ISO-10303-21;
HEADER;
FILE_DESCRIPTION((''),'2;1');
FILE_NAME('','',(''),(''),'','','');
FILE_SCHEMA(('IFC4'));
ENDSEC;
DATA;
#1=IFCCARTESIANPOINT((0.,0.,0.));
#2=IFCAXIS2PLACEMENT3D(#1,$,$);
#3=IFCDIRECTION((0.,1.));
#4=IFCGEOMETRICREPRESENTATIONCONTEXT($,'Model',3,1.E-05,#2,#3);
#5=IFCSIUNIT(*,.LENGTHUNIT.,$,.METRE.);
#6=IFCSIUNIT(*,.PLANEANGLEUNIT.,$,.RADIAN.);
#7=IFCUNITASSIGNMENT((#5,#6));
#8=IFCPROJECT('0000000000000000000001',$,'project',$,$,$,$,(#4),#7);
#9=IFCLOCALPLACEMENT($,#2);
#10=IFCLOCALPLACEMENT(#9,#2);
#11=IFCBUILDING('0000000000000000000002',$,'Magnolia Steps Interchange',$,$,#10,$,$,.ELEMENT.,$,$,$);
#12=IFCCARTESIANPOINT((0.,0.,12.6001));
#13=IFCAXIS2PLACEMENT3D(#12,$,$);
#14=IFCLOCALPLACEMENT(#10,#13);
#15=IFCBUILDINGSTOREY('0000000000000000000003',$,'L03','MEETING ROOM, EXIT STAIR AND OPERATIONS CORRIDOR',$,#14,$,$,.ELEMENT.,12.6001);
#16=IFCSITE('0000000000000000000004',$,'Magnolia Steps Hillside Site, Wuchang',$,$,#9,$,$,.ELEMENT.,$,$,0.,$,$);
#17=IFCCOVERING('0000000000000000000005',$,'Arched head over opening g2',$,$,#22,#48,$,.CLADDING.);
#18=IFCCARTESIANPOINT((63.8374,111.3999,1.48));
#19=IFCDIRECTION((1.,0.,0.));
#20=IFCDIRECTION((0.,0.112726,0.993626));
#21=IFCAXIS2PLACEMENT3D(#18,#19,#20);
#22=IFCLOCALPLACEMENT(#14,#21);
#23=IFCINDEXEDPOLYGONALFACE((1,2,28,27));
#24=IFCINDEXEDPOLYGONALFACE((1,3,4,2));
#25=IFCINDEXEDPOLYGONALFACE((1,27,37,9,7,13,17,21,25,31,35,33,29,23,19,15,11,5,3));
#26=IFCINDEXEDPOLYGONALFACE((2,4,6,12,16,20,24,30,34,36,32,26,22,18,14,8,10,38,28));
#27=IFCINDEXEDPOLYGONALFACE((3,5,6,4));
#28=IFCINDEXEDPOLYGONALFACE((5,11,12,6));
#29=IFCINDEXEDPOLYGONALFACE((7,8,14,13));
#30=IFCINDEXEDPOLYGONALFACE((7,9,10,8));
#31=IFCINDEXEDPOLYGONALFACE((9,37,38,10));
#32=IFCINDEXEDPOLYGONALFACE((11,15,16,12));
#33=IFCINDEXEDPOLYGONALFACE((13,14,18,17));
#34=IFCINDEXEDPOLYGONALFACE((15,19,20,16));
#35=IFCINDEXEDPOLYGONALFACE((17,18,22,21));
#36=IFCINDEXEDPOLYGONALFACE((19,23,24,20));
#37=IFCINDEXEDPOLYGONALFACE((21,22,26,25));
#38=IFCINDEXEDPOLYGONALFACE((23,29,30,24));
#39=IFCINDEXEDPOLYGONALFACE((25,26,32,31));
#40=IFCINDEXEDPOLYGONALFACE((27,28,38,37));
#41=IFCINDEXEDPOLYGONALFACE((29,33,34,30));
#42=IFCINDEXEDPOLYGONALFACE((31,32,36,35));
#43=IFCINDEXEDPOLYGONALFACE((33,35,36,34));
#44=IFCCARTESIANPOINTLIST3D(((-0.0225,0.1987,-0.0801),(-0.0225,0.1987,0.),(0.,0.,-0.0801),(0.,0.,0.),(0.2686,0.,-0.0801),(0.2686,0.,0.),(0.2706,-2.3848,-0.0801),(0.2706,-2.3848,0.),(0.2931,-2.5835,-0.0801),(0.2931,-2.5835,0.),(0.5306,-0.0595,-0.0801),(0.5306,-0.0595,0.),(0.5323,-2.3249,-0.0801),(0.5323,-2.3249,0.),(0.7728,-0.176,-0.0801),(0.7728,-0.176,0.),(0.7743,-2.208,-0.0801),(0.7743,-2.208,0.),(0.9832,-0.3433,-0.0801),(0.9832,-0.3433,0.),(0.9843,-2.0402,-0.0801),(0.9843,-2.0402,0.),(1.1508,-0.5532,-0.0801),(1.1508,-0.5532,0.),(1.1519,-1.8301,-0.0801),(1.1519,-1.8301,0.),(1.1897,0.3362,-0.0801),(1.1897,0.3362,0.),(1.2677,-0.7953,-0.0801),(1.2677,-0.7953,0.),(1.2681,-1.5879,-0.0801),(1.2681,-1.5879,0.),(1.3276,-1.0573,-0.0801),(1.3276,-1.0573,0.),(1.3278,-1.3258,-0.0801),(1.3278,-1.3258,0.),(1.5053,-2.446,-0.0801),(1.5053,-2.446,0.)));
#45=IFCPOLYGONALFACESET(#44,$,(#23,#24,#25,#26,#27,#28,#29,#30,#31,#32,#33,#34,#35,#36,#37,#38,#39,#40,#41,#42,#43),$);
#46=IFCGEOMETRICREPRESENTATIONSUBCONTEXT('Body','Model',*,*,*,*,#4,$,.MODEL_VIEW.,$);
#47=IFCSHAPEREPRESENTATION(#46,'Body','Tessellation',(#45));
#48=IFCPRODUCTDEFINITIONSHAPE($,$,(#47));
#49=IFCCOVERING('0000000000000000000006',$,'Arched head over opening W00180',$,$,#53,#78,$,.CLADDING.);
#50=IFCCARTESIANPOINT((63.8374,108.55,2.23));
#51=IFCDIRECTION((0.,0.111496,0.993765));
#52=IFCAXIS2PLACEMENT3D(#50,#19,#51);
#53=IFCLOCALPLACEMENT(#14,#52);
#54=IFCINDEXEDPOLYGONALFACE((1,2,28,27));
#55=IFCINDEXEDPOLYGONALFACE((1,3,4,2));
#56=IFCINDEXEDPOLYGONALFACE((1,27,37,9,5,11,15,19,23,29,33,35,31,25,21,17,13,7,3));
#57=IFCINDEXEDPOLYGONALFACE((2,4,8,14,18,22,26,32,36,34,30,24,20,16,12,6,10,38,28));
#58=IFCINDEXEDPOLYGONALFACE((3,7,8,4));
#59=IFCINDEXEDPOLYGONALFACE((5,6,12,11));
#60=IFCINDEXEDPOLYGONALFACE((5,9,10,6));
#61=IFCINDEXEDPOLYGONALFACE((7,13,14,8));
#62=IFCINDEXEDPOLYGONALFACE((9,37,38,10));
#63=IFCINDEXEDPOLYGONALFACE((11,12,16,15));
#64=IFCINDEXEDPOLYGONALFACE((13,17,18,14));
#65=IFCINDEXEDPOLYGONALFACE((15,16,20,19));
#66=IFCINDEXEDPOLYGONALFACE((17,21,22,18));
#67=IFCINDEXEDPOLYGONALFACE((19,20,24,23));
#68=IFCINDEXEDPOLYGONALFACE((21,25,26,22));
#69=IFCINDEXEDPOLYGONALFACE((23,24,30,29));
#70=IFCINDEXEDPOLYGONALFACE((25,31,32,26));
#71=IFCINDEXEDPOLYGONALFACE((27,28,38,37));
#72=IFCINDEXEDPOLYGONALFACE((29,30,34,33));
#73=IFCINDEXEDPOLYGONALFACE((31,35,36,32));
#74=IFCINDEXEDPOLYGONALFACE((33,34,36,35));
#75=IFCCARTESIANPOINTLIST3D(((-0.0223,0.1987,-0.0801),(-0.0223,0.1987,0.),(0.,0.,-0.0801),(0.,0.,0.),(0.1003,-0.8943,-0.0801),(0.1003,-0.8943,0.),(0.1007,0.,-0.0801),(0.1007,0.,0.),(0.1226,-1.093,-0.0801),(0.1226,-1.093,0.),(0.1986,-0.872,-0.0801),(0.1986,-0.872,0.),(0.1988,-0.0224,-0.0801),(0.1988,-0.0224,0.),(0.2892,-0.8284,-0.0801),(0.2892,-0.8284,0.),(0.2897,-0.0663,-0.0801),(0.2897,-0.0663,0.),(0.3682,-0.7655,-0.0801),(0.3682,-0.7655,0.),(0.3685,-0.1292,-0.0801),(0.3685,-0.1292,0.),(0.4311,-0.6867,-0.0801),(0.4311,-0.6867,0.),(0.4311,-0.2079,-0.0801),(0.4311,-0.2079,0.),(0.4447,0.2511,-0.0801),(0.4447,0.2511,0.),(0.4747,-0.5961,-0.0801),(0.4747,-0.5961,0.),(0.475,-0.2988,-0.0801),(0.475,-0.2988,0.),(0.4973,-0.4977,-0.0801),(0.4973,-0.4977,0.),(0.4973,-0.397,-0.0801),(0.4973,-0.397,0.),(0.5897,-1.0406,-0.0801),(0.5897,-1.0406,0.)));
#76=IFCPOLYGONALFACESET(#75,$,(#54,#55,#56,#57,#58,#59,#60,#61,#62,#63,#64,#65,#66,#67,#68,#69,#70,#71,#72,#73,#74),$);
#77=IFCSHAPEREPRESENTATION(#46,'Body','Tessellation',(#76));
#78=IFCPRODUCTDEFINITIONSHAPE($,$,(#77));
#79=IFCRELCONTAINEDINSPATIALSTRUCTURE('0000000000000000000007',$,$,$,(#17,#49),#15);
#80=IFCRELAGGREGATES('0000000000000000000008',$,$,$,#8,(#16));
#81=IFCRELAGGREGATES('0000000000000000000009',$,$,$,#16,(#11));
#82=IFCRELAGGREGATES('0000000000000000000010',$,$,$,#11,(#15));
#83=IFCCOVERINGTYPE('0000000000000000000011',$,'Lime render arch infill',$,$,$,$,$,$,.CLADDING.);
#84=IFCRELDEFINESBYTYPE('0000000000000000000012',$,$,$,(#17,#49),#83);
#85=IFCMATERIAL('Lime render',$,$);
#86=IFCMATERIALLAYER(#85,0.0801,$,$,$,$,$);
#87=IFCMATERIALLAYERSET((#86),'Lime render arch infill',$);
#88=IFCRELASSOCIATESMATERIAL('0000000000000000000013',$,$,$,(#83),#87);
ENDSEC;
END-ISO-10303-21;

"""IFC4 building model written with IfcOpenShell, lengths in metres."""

from ifc_helpers import new_model, si_unit, direction, frame, origin, place, context, subcontext, project, spatial, polyline, outline, extrude, material, layer, layer_set, type_object, element, save


model = new_model("IFC4")

# Units and contexts
model_context = context("Model", 3, precision=1e-05, world=origin(), true_north=direction((0.0, 1.0)))
body_context = subcontext(model_context, "Body", "Model", "MODEL_VIEW")
ifc_project = project(units=[si_unit("LENGTHUNIT", "METRE"), si_unit("PLANEANGLEUNIT", "RADIAN")], contexts=[model_context])

# Site, building, storey
site_placement = place(None, origin())
site = spatial("IfcSite", under=ifc_project, at=site_placement, Name="Magnolia Steps Hillside Site, Wuchang", CompositionType="ELEMENT", RefElevation=0.0)
building_placement = place(site_placement, origin())
building = spatial("IfcBuilding", under=site, at=building_placement, Name="Magnolia Steps Interchange", CompositionType="ELEMENT")
storey_placement = place(building_placement, frame((0.0, 0.0, 12.6001)))
storey = spatial("IfcBuildingStorey", under=building, at=storey_placement, Name="L03", Description="MEETING ROOM, EXIT STAIR AND OPERATIONS CORRIDOR", CompositionType="ELEMENT", Elevation=12.6001)

# Coverings
ifc_material_1 = material(Name="Lime render")
ifc_layer_1 = layer(ifc_material_1, 0.0801)
ifc_layer_set_1 = layer_set([ifc_layer_1], Name="Lime render arch infill")
covering_type_1 = type_object("IfcCoveringType", Name="Lime render arch infill", PredefinedType="CLADDING", material=ifc_layer_set_1)
covering_1_placement = place(storey_placement, frame((63.8374, 111.3999, 1.48), z_axis=(1.0, 0.0, 0.0), x_axis=(0.0, 0.112726, 0.993626)))
element("IfcCovering", 1, at=covering_1_placement, inside=storey, type_object=covering_type_1, Name="Arched head over opening g2", PredefinedType="CLADDING", context=body_context, shape_type="SweptSolid", body=[
    extrude(outline(polyline([(0.0, 0.0), (0.2686, 0.0), (0.5306, -0.0595), (0.7728, -0.176), (0.9832, -0.3433), (1.1508, -0.5532), (1.2677, -0.7953), (1.3276, -1.0573), (1.3278, -1.3258), (1.2681, -1.5879), (1.1519, -1.8301), (0.9843, -2.0402), (0.7743, -2.208), (0.5323, -2.3249), (0.2706, -2.3848), (0.2931, -2.5835), (1.5053, -2.446), (1.1897, 0.3362), (-0.0225, 0.1987), (0.0, 0.0)])), origin(), (0.0, 0.0, -1.0), 0.0801),
])
covering_2_placement = place(storey_placement, frame((63.8374, 108.55, 2.23), z_axis=(1.0, 0.0, 0.0), x_axis=(0.0, 0.111496, 0.993765)))
element("IfcCovering", 2, at=covering_2_placement, inside=storey, type_object=covering_type_1, Name="Arched head over opening W00180", PredefinedType="CLADDING", context=body_context, shape_type="SweptSolid", body=[
    extrude(outline(polyline([(0.0, 0.0), (0.1007, 0.0), (0.1988, -0.0224), (0.2897, -0.0663), (0.3685, -0.1292), (0.4311, -0.2079), (0.475, -0.2988), (0.4973, -0.397), (0.4973, -0.4977), (0.4747, -0.5961), (0.4311, -0.6867), (0.3682, -0.7655), (0.2892, -0.8284), (0.1986, -0.872), (0.1003, -0.8943), (0.1226, -1.093), (0.5897, -1.0406), (0.4447, 0.2511), (-0.0223, 0.1987), (0.0, 0.0)])), origin(), (0.0, 0.0, -1.0), 0.0801),
])

save(model, "model.ifc")
